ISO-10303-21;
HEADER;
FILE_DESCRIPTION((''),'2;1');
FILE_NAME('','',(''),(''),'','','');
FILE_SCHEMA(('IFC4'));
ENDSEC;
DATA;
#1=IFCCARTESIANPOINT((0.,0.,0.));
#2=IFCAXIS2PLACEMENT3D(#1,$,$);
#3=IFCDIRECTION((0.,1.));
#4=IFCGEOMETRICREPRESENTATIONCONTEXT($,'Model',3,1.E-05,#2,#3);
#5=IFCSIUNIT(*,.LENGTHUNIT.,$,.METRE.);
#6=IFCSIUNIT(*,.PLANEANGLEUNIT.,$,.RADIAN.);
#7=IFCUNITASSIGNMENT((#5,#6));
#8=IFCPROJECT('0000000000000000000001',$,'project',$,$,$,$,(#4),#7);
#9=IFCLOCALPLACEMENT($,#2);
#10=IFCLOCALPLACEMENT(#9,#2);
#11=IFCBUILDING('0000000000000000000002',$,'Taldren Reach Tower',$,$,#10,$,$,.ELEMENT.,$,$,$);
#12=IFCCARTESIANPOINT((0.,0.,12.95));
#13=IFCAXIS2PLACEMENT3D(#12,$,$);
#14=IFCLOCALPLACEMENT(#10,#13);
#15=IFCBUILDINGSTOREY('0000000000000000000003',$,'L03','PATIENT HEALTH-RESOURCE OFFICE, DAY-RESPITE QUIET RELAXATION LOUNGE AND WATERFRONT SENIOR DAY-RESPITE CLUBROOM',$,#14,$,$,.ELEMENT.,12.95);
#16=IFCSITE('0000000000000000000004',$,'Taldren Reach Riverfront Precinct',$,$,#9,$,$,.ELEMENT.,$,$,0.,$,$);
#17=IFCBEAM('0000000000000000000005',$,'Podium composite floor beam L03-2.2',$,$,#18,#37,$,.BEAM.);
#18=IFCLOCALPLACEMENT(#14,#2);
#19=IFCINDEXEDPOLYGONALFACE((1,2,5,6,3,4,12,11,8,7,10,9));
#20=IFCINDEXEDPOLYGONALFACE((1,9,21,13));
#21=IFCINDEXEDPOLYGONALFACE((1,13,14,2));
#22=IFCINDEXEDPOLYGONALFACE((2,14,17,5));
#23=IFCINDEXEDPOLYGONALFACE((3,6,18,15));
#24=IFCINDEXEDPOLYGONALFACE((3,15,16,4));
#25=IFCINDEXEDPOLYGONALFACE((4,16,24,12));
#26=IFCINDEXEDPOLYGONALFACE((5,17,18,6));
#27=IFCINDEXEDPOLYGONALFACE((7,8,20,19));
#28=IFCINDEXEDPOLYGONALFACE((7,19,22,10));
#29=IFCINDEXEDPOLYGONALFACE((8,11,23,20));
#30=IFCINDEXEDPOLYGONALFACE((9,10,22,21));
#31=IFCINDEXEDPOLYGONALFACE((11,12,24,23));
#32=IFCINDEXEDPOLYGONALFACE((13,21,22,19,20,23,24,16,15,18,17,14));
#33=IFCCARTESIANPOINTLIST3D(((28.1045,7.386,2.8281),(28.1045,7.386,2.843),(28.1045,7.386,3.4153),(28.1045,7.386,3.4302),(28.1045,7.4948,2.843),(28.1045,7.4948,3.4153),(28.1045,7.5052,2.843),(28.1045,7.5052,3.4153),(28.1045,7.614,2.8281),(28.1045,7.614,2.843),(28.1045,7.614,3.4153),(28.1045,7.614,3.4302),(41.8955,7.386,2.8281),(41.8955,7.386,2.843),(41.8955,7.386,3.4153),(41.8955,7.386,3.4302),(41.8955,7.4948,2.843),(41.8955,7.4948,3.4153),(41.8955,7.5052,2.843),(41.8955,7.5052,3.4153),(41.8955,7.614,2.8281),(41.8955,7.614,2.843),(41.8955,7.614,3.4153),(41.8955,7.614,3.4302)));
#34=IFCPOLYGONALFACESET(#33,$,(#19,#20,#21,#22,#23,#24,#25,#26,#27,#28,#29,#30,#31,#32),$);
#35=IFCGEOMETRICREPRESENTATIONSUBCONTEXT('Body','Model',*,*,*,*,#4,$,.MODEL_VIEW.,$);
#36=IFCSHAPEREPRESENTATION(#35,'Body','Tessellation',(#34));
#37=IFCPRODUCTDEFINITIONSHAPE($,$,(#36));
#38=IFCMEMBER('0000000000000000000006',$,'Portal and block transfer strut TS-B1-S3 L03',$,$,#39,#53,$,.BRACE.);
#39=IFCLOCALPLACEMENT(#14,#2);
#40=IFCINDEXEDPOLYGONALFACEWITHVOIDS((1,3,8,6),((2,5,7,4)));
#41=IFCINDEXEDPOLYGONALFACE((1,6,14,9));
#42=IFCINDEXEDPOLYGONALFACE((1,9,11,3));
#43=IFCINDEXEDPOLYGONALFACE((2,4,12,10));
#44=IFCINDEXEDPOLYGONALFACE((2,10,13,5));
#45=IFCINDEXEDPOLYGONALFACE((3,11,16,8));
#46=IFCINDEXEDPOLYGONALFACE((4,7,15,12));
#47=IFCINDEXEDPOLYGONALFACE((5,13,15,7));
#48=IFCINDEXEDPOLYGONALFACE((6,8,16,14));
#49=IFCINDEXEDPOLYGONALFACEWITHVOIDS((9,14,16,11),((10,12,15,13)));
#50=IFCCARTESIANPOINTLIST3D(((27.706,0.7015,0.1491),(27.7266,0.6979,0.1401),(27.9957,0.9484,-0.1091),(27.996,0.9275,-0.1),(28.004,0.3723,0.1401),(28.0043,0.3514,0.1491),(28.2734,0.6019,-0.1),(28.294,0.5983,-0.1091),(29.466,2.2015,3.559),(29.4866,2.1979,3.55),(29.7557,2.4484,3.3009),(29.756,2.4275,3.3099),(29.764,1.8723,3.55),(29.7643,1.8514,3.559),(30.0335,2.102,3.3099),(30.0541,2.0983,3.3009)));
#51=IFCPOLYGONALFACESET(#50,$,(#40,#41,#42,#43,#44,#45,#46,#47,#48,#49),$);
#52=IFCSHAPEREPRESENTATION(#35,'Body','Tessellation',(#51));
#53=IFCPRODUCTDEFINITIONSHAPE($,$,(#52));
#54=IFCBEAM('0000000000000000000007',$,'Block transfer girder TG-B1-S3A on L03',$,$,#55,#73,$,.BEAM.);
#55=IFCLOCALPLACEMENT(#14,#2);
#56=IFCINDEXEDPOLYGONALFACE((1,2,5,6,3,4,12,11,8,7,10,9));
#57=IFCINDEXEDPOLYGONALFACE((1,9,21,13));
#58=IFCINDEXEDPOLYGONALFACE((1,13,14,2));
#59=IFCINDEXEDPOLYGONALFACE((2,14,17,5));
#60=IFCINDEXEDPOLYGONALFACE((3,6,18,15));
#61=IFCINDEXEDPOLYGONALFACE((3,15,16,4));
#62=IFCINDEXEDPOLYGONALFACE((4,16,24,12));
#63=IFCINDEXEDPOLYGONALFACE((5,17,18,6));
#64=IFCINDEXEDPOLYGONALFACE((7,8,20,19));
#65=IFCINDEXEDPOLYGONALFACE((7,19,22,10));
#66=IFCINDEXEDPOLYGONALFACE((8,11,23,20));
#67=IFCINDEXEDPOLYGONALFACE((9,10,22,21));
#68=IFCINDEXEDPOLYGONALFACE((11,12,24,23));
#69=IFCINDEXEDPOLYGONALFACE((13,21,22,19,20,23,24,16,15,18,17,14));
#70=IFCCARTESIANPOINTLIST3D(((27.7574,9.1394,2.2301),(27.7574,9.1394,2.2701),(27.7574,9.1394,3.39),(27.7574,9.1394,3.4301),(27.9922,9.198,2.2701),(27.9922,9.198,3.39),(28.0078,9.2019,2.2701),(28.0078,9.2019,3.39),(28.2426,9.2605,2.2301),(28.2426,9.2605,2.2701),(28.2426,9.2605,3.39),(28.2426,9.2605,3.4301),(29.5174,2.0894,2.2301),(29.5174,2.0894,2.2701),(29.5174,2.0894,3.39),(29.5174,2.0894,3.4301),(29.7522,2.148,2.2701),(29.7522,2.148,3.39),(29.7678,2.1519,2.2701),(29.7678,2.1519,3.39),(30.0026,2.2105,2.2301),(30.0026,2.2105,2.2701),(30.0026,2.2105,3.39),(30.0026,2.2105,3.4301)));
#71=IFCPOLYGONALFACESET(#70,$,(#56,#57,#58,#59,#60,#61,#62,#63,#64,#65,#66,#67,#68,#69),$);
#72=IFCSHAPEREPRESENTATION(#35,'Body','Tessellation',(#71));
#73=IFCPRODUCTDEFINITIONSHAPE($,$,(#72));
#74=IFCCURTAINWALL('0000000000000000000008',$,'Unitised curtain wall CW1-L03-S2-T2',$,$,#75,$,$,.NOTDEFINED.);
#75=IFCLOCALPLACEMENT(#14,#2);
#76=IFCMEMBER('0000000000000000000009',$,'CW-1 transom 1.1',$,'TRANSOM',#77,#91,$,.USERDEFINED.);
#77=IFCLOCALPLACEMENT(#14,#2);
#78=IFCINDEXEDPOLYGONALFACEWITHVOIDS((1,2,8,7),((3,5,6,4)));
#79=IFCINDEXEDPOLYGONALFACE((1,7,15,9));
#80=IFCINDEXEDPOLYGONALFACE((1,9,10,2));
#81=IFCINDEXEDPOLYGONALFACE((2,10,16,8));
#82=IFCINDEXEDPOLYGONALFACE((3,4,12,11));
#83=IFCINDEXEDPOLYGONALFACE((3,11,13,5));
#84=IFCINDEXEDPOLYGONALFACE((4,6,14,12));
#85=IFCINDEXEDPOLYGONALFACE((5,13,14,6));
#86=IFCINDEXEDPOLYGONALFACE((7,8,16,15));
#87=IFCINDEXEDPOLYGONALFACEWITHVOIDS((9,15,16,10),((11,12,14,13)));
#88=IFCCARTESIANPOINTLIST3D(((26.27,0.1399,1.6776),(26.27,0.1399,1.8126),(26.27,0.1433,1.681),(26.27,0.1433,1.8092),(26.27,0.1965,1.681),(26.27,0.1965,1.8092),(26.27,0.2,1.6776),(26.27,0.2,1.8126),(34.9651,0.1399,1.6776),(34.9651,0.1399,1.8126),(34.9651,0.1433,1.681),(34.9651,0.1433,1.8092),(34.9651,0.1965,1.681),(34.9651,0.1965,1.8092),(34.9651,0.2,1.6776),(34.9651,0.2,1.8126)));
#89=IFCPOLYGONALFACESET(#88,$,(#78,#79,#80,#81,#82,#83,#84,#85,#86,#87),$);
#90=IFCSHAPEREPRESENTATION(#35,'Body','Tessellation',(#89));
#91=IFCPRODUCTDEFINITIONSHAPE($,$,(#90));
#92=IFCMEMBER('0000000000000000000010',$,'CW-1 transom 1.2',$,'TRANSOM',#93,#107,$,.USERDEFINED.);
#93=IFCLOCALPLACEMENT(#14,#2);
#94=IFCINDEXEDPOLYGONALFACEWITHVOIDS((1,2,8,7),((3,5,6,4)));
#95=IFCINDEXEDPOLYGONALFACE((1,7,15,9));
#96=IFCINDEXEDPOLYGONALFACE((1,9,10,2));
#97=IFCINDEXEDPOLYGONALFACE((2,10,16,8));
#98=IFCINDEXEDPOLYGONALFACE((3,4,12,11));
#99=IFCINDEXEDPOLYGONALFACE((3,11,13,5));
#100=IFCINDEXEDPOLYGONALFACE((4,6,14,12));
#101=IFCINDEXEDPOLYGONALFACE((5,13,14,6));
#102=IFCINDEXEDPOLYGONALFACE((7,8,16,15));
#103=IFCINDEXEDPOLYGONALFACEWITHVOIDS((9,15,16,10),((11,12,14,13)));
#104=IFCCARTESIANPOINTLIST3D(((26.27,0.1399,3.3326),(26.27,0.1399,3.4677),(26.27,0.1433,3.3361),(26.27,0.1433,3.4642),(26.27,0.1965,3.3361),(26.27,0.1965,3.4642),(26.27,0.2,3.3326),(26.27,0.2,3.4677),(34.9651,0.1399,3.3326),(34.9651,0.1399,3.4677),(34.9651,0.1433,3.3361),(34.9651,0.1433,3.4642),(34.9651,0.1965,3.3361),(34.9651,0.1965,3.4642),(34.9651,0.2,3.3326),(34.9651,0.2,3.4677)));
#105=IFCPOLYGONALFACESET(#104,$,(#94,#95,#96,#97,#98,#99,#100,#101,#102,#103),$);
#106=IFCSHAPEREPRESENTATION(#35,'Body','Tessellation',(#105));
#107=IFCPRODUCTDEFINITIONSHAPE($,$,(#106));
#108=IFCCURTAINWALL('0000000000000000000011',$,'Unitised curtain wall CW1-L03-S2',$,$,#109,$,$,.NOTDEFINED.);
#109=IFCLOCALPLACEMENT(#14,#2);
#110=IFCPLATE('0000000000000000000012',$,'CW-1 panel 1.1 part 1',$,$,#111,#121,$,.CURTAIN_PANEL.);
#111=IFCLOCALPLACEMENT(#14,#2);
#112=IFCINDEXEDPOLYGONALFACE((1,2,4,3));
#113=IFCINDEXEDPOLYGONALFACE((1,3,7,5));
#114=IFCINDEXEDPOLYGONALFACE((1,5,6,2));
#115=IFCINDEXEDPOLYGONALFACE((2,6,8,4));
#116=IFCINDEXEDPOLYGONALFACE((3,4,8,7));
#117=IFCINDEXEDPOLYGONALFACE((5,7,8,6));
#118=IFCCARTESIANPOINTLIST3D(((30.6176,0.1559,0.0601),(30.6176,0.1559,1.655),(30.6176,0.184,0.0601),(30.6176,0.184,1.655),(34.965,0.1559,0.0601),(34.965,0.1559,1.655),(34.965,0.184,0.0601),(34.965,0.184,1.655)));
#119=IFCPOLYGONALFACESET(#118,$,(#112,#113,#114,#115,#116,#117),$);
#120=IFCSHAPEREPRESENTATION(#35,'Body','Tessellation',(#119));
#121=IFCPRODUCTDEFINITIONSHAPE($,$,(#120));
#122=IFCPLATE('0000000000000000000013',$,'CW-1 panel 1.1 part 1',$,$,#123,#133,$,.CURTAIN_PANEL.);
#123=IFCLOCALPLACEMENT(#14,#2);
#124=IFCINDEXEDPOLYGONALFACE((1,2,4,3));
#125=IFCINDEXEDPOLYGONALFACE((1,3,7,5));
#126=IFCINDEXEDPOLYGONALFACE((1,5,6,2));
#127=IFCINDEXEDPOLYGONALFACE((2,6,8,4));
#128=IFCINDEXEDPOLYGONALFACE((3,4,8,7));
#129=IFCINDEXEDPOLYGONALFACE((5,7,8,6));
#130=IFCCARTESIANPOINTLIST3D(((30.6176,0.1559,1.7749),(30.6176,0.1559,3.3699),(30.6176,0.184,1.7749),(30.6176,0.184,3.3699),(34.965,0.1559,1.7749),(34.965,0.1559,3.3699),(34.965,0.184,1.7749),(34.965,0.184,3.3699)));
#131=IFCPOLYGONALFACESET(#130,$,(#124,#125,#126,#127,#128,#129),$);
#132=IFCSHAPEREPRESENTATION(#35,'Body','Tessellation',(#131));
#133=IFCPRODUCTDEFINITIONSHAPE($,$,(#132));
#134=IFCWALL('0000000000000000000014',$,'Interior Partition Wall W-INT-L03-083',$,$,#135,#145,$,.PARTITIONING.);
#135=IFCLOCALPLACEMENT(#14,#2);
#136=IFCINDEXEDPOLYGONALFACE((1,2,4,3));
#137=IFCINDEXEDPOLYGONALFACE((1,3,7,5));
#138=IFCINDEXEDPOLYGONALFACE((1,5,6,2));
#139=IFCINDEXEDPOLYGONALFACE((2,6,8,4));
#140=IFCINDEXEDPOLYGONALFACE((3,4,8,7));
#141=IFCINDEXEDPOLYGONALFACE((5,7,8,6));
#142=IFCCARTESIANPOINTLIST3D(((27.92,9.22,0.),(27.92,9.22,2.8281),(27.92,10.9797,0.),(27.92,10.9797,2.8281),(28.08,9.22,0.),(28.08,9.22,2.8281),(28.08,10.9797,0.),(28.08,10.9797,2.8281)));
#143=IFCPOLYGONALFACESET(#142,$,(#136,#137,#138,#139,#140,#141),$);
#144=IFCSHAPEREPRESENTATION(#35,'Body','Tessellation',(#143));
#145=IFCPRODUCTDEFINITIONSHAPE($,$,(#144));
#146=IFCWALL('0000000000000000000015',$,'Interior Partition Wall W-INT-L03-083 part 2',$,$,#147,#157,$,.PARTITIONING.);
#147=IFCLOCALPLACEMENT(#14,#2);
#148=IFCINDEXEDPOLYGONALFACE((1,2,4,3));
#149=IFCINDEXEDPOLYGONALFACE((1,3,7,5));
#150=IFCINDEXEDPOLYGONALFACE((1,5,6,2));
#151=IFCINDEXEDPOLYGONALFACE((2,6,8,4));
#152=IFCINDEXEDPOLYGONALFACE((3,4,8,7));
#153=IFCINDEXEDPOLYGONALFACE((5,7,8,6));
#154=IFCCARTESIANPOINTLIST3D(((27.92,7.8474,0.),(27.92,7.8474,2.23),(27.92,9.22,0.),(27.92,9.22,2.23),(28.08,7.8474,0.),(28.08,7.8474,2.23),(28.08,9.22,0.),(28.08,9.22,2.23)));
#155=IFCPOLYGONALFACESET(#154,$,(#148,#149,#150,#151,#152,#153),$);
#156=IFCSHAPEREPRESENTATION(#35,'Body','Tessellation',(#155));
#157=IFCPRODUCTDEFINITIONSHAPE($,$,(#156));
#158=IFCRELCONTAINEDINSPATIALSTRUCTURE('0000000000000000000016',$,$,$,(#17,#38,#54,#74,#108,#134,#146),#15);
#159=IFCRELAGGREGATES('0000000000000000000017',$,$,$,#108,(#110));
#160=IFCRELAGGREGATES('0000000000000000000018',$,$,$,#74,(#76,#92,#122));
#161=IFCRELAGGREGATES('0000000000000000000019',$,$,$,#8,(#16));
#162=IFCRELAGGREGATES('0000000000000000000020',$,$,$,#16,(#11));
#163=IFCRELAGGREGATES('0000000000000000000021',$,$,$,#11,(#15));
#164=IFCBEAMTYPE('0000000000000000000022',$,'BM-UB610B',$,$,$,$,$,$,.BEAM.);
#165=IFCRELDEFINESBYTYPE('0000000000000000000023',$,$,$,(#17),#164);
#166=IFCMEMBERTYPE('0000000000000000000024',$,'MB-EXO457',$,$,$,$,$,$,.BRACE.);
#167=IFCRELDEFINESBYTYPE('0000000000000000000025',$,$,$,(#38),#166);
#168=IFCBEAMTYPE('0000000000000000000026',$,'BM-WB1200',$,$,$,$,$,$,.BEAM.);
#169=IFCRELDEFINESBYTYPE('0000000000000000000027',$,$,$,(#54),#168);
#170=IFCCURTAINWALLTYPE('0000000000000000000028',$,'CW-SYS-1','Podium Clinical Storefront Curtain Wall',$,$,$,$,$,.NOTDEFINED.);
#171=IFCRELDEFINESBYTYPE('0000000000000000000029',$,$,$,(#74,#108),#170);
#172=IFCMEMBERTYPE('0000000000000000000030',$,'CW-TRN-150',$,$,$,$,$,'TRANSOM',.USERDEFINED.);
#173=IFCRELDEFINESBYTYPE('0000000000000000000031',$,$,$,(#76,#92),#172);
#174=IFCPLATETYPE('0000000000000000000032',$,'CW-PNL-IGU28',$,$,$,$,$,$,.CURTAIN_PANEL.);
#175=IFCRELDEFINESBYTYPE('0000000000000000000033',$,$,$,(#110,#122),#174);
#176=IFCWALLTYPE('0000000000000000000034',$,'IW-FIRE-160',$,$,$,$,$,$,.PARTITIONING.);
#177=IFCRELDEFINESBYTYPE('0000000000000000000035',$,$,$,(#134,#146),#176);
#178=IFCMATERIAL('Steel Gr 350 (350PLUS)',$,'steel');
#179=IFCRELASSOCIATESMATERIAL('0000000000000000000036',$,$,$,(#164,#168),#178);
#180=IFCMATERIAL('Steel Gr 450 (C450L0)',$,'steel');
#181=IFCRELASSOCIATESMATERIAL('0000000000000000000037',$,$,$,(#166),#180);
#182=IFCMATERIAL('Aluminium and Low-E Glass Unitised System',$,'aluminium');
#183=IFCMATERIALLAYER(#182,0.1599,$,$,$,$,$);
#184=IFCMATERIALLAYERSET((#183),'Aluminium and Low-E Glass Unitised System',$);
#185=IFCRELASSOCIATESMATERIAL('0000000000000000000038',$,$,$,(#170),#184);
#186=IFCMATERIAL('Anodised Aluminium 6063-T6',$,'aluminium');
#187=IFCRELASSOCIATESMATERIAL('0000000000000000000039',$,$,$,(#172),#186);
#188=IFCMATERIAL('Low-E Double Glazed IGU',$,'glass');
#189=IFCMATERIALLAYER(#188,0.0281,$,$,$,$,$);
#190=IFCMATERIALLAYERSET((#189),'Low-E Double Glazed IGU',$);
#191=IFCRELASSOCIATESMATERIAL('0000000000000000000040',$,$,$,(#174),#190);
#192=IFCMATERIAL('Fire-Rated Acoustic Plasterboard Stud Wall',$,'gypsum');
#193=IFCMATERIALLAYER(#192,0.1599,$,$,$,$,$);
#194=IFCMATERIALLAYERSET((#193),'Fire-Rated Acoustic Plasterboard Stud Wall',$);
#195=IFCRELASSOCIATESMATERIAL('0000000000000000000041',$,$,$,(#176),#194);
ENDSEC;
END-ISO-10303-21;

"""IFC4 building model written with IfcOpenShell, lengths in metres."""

from ifc_helpers import new_model, si_unit, direction, frame, frame_2d, origin, origin_2d, place, context, subcontext, project, spatial, rectangle, hollow_rectangle, i_section, extrude, source, transform, mapped, material, layer, layer_set, material_profile, profile_set, type_object, element, aggregate, save


model = new_model("IFC4")

# Units and contexts
model_context = context("Model", 3, precision=1e-05, world=origin(), true_north=direction((0.0, 1.0)))
body_context = subcontext(model_context, "Body", "Model", "MODEL_VIEW")
ifc_project = project(units=[si_unit("LENGTHUNIT", "METRE"), si_unit("PLANEANGLEUNIT", "RADIAN")], contexts=[model_context])

# Site, building, storey
site_placement = place(None, origin())
site = spatial("IfcSite", under=ifc_project, at=site_placement, Name="Taldren Reach Riverfront Precinct", CompositionType="ELEMENT", RefElevation=0.0)
building_placement = place(site_placement, origin())
building = spatial("IfcBuilding", under=site, at=building_placement, Name="Taldren Reach Tower", CompositionType="ELEMENT")
storey_placement = place(building_placement, frame((0.0, 0.0, 12.95)))
storey = spatial("IfcBuildingStorey", under=building, at=storey_placement, Name="L03", Description="PATIENT HEALTH-RESOURCE OFFICE, DAY-RESPITE QUIET RELAXATION LOUNGE AND WATERFRONT SENIOR DAY-RESPITE CLUBROOM", CompositionType="ELEMENT", Elevation=12.95)

# Shared definitions
ifc_material_1 = material(Name="Steel Gr 350 (350PLUS)", Category="steel")

# Beam
ifc_material_profile_1 = material_profile(ifc_material_1, i_section(OverallWidth=0.228, OverallDepth=0.6021, WebThickness=0.0105, FlangeThickness=0.0149, at=origin_2d()), Name="610UB101")
ifc_profile_set_1 = profile_set([ifc_material_profile_1], Name="Steel Gr 350 (350PLUS)")
beam_type_1 = type_object("IfcBeamType", Name="BM-UB610B", PredefinedType="BEAM", material=ifc_profile_set_1)
shared_shape_1 = source(origin(), body_context, "Body", "SweptSolid", [
    extrude(i_section(OverallWidth=0.228, OverallDepth=0.6021, WebThickness=0.0105, FlangeThickness=0.0149, at=origin_2d()), origin(), (0.0, 0.0, 1.0), 13.791),
])
for number, where, z_axis, x_axis, name in (
    (1, (28.1045, 7.5, 3.1292), (1.0, 0.0, 0.0), (0.0, 1.0, 0.0), "Podium composite floor beam L03-2.2"),
):
    element("IfcBeam", number, at=place(storey_placement, frame(where, z_axis=z_axis, x_axis=x_axis)), inside=storey, type_object=beam_type_1, Name=name, PredefinedType="BEAM", context=body_context, shape_type="MappedRepresentation", body=[
        mapped(shared_shape_1, transform((0.0, 0.0, 0.0), scale=1.0)),
    ])

# Member
ifc_material_2 = material(Name="Steel Gr 450 (C450L0)", Category="steel")
ifc_material_profile_2 = material_profile(ifc_material_2, hollow_rectangle(XDim=0.46, YDim=0.46, WallThickness=0.0161, at=origin_2d()), Name="460x460x16.0SHS")
ifc_profile_set_2 = profile_set([ifc_material_profile_2], Name="Steel Gr 450 (C450L0)")
member_type_1 = type_object("IfcMemberType", Name="MB-EXO457", PredefinedType="BRACE", material=ifc_profile_set_2)
shared_shape_2 = source(origin(), body_context, "Body", "SweptSolid", [
    extrude(hollow_rectangle(XDim=0.46, YDim=0.46, WallThickness=0.0161, at=origin_2d()), origin(), (0.0, 0.0, 1.0), 4.1201),
])
member_1_placement = place(storey_placement, frame((28.0, 0.6499, 0.02), z_axis=(0.427178, 0.36407, 0.827631), x_axis=(-0.64865, 0.761087, 0.0)))
element("IfcMember", 2, at=member_1_placement, inside=storey, type_object=member_type_1, Name="Portal and block transfer strut TS-B1-S3 L03", PredefinedType="BRACE", context=body_context, shape_type="MappedRepresentation", body=[
    mapped(shared_shape_2, transform((0.0, 0.0, 0.0), scale=1.0)),
])

# Beam
ifc_material_profile_3 = material_profile(ifc_material_1, i_section(OverallWidth=0.5, OverallDepth=1.2, WebThickness=0.0161, FlangeThickness=0.04, at=origin_2d()), Name="1200WB455")
ifc_profile_set_3 = profile_set([ifc_material_profile_3], Name="Steel Gr 350 (350PLUS)")
beam_type_2 = type_object("IfcBeamType", Name="BM-WB1200", PredefinedType="BEAM", material=ifc_profile_set_3)
shared_shape_3 = source(origin(), body_context, "Body", "SweptSolid", [
    extrude(i_section(OverallWidth=0.5, OverallDepth=1.2, WebThickness=0.0161, FlangeThickness=0.04, at=origin_2d()), origin(), (0.0, 0.0, 1.0), 7.2664),
])
beam_1_placement = place(storey_placement, frame((28.0, 9.2, 2.8301), z_axis=(0.242211, -0.970223, 0.0), x_axis=(0.970223, 0.242211, 0.0)))
element("IfcBeam", 3, at=beam_1_placement, inside=storey, type_object=beam_type_2, Name="Block transfer girder TG-B1-S3A on L03", PredefinedType="BEAM", context=body_context, shape_type="MappedRepresentation", body=[
    mapped(shared_shape_3, transform((0.0, 0.0, 0.0), scale=1.0)),
])

# Curtain wall, members
ifc_material_3 = material(Name="Aluminium and Low-E Glass Unitised System", Category="aluminium")
ifc_layer_1 = layer(ifc_material_3, 0.1599)
ifc_layer_set_1 = layer_set([ifc_layer_1], Name="Aluminium and Low-E Glass Unitised System")
curtain_wall_type = type_object("IfcCurtainWallType", Name="CW-SYS-1", Description="Podium Clinical Storefront Curtain Wall", PredefinedType="NOTDEFINED", material=ifc_layer_set_1)
curtain_wall_1_placement = place(storey_placement, origin())
curtain_wall_1 = element("IfcCurtainWall", 4, at=curtain_wall_1_placement, inside=storey, type_object=curtain_wall_type, Name="Unitised curtain wall CW1-L03-S2-T2", PredefinedType="NOTDEFINED")
ifc_material_4 = material(Name="Anodised Aluminium 6063-T6", Category="aluminium")
ifc_material_profile_4 = material_profile(ifc_material_4, hollow_rectangle(XDim=0.0601, YDim=0.135, WallThickness=0.0034, at=origin_2d()), Name="ALU-135x60x3.5RHS")
ifc_profile_set_4 = profile_set([ifc_material_profile_4], Name="Anodised Aluminium 6063-T6")
member_type_2 = type_object("IfcMemberType", Name="CW-TRN-150", ElementType="TRANSOM", PredefinedType="USERDEFINED", material=ifc_profile_set_4)
shared_shape_4 = source(origin(), body_context, "Body", "SweptSolid", [
    extrude(hollow_rectangle(XDim=0.0601, YDim=0.135, WallThickness=0.0034, at=origin_2d()), origin(), (0.0, 0.0, 1.0), 8.6951),
])
member_2_placement = place(storey_placement, frame((26.27, 0.1699, 1.7451), z_axis=(1.0, 0.0, 0.0), x_axis=(0.0, 1.0, 0.0)))
member_2 = element("IfcMember", 5, at=member_2_placement, type_object=member_type_2, Name="CW-1 transom 1.1", ObjectType="TRANSOM", PredefinedType="USERDEFINED", context=body_context, shape_type="MappedRepresentation", body=[
    mapped(shared_shape_4, transform((0.0, 0.0, 0.0), scale=1.0)),
])
member_3_placement = place(storey_placement, frame((26.27, 0.1699, 3.4001), z_axis=(1.0, 0.0, 0.0), x_axis=(0.0, 1.0, 0.0)))
member_3 = element("IfcMember", 6, at=member_3_placement, type_object=member_type_2, Name="CW-1 transom 1.2", ObjectType="TRANSOM", PredefinedType="USERDEFINED", context=body_context, shape_type="MappedRepresentation", body=[
    mapped(shared_shape_4, transform((0.0, 0.0, 0.0), scale=1.0)),
])

# Curtain wall, plate
curtain_wall_2_placement = place(storey_placement, origin())
curtain_wall_2 = element("IfcCurtainWall", 7, at=curtain_wall_2_placement, inside=storey, type_object=curtain_wall_type, Name="Unitised curtain wall CW1-L03-S2", PredefinedType="NOTDEFINED")
ifc_material_5 = material(Name="Low-E Double Glazed IGU", Category="glass")
ifc_layer_2 = layer(ifc_material_5, 0.0281)
ifc_layer_set_2 = layer_set([ifc_layer_2], Name="Low-E Double Glazed IGU")
plate_type = type_object("IfcPlateType", Name="CW-PNL-IGU28", PredefinedType="CURTAIN_PANEL", material=ifc_layer_set_2)
shared_shape_5 = source(origin(), body_context, "Body", "SweptSolid", [
    extrude(rectangle(XDim=4.3474, YDim=0.0281, at=origin_2d()), origin(), (0.0, 0.0, 1.0), 1.595),
])
plate_1_placement = place(storey_placement, frame((32.7913, 0.1699, 0.0601), z_axis=(0.0, 0.0, 1.0), x_axis=(1.0, 0.0, 0.0)))
plate_1 = element("IfcPlate", 8, at=plate_1_placement, type_object=plate_type, Name="CW-1 panel 1.1 part 1", PredefinedType="CURTAIN_PANEL", context=body_context, shape_type="MappedRepresentation", body=[
    mapped(shared_shape_5, transform((0.0, 0.0, 0.0), scale=1.0)),
])
aggregate(curtain_wall_2, [plate_1])

# Plate
plate_2_placement = place(storey_placement, frame((32.7913, 0.1699, 1.7749), z_axis=(0.0, 0.0, 1.0), x_axis=(1.0, 0.0, 0.0)))
plate_2 = element("IfcPlate", 9, at=plate_2_placement, type_object=plate_type, Name="CW-1 panel 1.1 part 1", PredefinedType="CURTAIN_PANEL", context=body_context, shape_type="MappedRepresentation", body=[
    mapped(shared_shape_5, transform((0.0, 0.0, 0.0), scale=1.0)),
])
aggregate(curtain_wall_1, [member_2, member_3, plate_2])

# Walls
ifc_material_6 = material(Name="Fire-Rated Acoustic Plasterboard Stud Wall", Category="gypsum")
ifc_layer_3 = layer(ifc_material_6, 0.1599)
ifc_layer_set_3 = layer_set([ifc_layer_3], Name="Fire-Rated Acoustic Plasterboard Stud Wall")
wall_type = type_object("IfcWallType", Name="IW-FIRE-160", PredefinedType="PARTITIONING", material=ifc_layer_set_3)
shared_shape_6 = source(origin(), body_context, "Body", "SweptSolid", [
    extrude(rectangle(XDim=1.7598, YDim=0.1599, at=frame_2d((0.8799, 0.0))), origin(), (0.0, 0.0, 1.0), 2.8281),
])
wall_1_placement = place(storey_placement, frame((28.0, 10.9797, 0.0), z_axis=(0.0, 0.0, 1.0), x_axis=(0.0, -1.0, 0.0)))
element("IfcWall", 10, at=wall_1_placement, inside=storey, type_object=wall_type, Name="Interior Partition Wall W-INT-L03-083", PredefinedType="PARTITIONING", context=body_context, shape_type="MappedRepresentation", body=[
    mapped(shared_shape_6, transform((0.0, 0.0, 0.0), scale=1.0)),
])
shared_shape_7 = source(origin(), body_context, "Body", "SweptSolid", [
    extrude(rectangle(XDim=1.3726, YDim=0.1599, at=frame_2d((0.6863, 0.0))), origin(), (0.0, 0.0, 1.0), 2.23),
])
wall_2_placement = place(storey_placement, frame((28.0, 9.22, 0.0), z_axis=(0.0, 0.0, 1.0), x_axis=(0.0, -1.0, 0.0)))
element("IfcWall", 11, at=wall_2_placement, inside=storey, type_object=wall_type, Name="Interior Partition Wall W-INT-L03-083 part 2", PredefinedType="PARTITIONING", context=body_context, shape_type="MappedRepresentation", body=[
    mapped(shared_shape_7, transform((0.0, 0.0, 0.0), scale=1.0)),
])

save(model, "model.ifc")
